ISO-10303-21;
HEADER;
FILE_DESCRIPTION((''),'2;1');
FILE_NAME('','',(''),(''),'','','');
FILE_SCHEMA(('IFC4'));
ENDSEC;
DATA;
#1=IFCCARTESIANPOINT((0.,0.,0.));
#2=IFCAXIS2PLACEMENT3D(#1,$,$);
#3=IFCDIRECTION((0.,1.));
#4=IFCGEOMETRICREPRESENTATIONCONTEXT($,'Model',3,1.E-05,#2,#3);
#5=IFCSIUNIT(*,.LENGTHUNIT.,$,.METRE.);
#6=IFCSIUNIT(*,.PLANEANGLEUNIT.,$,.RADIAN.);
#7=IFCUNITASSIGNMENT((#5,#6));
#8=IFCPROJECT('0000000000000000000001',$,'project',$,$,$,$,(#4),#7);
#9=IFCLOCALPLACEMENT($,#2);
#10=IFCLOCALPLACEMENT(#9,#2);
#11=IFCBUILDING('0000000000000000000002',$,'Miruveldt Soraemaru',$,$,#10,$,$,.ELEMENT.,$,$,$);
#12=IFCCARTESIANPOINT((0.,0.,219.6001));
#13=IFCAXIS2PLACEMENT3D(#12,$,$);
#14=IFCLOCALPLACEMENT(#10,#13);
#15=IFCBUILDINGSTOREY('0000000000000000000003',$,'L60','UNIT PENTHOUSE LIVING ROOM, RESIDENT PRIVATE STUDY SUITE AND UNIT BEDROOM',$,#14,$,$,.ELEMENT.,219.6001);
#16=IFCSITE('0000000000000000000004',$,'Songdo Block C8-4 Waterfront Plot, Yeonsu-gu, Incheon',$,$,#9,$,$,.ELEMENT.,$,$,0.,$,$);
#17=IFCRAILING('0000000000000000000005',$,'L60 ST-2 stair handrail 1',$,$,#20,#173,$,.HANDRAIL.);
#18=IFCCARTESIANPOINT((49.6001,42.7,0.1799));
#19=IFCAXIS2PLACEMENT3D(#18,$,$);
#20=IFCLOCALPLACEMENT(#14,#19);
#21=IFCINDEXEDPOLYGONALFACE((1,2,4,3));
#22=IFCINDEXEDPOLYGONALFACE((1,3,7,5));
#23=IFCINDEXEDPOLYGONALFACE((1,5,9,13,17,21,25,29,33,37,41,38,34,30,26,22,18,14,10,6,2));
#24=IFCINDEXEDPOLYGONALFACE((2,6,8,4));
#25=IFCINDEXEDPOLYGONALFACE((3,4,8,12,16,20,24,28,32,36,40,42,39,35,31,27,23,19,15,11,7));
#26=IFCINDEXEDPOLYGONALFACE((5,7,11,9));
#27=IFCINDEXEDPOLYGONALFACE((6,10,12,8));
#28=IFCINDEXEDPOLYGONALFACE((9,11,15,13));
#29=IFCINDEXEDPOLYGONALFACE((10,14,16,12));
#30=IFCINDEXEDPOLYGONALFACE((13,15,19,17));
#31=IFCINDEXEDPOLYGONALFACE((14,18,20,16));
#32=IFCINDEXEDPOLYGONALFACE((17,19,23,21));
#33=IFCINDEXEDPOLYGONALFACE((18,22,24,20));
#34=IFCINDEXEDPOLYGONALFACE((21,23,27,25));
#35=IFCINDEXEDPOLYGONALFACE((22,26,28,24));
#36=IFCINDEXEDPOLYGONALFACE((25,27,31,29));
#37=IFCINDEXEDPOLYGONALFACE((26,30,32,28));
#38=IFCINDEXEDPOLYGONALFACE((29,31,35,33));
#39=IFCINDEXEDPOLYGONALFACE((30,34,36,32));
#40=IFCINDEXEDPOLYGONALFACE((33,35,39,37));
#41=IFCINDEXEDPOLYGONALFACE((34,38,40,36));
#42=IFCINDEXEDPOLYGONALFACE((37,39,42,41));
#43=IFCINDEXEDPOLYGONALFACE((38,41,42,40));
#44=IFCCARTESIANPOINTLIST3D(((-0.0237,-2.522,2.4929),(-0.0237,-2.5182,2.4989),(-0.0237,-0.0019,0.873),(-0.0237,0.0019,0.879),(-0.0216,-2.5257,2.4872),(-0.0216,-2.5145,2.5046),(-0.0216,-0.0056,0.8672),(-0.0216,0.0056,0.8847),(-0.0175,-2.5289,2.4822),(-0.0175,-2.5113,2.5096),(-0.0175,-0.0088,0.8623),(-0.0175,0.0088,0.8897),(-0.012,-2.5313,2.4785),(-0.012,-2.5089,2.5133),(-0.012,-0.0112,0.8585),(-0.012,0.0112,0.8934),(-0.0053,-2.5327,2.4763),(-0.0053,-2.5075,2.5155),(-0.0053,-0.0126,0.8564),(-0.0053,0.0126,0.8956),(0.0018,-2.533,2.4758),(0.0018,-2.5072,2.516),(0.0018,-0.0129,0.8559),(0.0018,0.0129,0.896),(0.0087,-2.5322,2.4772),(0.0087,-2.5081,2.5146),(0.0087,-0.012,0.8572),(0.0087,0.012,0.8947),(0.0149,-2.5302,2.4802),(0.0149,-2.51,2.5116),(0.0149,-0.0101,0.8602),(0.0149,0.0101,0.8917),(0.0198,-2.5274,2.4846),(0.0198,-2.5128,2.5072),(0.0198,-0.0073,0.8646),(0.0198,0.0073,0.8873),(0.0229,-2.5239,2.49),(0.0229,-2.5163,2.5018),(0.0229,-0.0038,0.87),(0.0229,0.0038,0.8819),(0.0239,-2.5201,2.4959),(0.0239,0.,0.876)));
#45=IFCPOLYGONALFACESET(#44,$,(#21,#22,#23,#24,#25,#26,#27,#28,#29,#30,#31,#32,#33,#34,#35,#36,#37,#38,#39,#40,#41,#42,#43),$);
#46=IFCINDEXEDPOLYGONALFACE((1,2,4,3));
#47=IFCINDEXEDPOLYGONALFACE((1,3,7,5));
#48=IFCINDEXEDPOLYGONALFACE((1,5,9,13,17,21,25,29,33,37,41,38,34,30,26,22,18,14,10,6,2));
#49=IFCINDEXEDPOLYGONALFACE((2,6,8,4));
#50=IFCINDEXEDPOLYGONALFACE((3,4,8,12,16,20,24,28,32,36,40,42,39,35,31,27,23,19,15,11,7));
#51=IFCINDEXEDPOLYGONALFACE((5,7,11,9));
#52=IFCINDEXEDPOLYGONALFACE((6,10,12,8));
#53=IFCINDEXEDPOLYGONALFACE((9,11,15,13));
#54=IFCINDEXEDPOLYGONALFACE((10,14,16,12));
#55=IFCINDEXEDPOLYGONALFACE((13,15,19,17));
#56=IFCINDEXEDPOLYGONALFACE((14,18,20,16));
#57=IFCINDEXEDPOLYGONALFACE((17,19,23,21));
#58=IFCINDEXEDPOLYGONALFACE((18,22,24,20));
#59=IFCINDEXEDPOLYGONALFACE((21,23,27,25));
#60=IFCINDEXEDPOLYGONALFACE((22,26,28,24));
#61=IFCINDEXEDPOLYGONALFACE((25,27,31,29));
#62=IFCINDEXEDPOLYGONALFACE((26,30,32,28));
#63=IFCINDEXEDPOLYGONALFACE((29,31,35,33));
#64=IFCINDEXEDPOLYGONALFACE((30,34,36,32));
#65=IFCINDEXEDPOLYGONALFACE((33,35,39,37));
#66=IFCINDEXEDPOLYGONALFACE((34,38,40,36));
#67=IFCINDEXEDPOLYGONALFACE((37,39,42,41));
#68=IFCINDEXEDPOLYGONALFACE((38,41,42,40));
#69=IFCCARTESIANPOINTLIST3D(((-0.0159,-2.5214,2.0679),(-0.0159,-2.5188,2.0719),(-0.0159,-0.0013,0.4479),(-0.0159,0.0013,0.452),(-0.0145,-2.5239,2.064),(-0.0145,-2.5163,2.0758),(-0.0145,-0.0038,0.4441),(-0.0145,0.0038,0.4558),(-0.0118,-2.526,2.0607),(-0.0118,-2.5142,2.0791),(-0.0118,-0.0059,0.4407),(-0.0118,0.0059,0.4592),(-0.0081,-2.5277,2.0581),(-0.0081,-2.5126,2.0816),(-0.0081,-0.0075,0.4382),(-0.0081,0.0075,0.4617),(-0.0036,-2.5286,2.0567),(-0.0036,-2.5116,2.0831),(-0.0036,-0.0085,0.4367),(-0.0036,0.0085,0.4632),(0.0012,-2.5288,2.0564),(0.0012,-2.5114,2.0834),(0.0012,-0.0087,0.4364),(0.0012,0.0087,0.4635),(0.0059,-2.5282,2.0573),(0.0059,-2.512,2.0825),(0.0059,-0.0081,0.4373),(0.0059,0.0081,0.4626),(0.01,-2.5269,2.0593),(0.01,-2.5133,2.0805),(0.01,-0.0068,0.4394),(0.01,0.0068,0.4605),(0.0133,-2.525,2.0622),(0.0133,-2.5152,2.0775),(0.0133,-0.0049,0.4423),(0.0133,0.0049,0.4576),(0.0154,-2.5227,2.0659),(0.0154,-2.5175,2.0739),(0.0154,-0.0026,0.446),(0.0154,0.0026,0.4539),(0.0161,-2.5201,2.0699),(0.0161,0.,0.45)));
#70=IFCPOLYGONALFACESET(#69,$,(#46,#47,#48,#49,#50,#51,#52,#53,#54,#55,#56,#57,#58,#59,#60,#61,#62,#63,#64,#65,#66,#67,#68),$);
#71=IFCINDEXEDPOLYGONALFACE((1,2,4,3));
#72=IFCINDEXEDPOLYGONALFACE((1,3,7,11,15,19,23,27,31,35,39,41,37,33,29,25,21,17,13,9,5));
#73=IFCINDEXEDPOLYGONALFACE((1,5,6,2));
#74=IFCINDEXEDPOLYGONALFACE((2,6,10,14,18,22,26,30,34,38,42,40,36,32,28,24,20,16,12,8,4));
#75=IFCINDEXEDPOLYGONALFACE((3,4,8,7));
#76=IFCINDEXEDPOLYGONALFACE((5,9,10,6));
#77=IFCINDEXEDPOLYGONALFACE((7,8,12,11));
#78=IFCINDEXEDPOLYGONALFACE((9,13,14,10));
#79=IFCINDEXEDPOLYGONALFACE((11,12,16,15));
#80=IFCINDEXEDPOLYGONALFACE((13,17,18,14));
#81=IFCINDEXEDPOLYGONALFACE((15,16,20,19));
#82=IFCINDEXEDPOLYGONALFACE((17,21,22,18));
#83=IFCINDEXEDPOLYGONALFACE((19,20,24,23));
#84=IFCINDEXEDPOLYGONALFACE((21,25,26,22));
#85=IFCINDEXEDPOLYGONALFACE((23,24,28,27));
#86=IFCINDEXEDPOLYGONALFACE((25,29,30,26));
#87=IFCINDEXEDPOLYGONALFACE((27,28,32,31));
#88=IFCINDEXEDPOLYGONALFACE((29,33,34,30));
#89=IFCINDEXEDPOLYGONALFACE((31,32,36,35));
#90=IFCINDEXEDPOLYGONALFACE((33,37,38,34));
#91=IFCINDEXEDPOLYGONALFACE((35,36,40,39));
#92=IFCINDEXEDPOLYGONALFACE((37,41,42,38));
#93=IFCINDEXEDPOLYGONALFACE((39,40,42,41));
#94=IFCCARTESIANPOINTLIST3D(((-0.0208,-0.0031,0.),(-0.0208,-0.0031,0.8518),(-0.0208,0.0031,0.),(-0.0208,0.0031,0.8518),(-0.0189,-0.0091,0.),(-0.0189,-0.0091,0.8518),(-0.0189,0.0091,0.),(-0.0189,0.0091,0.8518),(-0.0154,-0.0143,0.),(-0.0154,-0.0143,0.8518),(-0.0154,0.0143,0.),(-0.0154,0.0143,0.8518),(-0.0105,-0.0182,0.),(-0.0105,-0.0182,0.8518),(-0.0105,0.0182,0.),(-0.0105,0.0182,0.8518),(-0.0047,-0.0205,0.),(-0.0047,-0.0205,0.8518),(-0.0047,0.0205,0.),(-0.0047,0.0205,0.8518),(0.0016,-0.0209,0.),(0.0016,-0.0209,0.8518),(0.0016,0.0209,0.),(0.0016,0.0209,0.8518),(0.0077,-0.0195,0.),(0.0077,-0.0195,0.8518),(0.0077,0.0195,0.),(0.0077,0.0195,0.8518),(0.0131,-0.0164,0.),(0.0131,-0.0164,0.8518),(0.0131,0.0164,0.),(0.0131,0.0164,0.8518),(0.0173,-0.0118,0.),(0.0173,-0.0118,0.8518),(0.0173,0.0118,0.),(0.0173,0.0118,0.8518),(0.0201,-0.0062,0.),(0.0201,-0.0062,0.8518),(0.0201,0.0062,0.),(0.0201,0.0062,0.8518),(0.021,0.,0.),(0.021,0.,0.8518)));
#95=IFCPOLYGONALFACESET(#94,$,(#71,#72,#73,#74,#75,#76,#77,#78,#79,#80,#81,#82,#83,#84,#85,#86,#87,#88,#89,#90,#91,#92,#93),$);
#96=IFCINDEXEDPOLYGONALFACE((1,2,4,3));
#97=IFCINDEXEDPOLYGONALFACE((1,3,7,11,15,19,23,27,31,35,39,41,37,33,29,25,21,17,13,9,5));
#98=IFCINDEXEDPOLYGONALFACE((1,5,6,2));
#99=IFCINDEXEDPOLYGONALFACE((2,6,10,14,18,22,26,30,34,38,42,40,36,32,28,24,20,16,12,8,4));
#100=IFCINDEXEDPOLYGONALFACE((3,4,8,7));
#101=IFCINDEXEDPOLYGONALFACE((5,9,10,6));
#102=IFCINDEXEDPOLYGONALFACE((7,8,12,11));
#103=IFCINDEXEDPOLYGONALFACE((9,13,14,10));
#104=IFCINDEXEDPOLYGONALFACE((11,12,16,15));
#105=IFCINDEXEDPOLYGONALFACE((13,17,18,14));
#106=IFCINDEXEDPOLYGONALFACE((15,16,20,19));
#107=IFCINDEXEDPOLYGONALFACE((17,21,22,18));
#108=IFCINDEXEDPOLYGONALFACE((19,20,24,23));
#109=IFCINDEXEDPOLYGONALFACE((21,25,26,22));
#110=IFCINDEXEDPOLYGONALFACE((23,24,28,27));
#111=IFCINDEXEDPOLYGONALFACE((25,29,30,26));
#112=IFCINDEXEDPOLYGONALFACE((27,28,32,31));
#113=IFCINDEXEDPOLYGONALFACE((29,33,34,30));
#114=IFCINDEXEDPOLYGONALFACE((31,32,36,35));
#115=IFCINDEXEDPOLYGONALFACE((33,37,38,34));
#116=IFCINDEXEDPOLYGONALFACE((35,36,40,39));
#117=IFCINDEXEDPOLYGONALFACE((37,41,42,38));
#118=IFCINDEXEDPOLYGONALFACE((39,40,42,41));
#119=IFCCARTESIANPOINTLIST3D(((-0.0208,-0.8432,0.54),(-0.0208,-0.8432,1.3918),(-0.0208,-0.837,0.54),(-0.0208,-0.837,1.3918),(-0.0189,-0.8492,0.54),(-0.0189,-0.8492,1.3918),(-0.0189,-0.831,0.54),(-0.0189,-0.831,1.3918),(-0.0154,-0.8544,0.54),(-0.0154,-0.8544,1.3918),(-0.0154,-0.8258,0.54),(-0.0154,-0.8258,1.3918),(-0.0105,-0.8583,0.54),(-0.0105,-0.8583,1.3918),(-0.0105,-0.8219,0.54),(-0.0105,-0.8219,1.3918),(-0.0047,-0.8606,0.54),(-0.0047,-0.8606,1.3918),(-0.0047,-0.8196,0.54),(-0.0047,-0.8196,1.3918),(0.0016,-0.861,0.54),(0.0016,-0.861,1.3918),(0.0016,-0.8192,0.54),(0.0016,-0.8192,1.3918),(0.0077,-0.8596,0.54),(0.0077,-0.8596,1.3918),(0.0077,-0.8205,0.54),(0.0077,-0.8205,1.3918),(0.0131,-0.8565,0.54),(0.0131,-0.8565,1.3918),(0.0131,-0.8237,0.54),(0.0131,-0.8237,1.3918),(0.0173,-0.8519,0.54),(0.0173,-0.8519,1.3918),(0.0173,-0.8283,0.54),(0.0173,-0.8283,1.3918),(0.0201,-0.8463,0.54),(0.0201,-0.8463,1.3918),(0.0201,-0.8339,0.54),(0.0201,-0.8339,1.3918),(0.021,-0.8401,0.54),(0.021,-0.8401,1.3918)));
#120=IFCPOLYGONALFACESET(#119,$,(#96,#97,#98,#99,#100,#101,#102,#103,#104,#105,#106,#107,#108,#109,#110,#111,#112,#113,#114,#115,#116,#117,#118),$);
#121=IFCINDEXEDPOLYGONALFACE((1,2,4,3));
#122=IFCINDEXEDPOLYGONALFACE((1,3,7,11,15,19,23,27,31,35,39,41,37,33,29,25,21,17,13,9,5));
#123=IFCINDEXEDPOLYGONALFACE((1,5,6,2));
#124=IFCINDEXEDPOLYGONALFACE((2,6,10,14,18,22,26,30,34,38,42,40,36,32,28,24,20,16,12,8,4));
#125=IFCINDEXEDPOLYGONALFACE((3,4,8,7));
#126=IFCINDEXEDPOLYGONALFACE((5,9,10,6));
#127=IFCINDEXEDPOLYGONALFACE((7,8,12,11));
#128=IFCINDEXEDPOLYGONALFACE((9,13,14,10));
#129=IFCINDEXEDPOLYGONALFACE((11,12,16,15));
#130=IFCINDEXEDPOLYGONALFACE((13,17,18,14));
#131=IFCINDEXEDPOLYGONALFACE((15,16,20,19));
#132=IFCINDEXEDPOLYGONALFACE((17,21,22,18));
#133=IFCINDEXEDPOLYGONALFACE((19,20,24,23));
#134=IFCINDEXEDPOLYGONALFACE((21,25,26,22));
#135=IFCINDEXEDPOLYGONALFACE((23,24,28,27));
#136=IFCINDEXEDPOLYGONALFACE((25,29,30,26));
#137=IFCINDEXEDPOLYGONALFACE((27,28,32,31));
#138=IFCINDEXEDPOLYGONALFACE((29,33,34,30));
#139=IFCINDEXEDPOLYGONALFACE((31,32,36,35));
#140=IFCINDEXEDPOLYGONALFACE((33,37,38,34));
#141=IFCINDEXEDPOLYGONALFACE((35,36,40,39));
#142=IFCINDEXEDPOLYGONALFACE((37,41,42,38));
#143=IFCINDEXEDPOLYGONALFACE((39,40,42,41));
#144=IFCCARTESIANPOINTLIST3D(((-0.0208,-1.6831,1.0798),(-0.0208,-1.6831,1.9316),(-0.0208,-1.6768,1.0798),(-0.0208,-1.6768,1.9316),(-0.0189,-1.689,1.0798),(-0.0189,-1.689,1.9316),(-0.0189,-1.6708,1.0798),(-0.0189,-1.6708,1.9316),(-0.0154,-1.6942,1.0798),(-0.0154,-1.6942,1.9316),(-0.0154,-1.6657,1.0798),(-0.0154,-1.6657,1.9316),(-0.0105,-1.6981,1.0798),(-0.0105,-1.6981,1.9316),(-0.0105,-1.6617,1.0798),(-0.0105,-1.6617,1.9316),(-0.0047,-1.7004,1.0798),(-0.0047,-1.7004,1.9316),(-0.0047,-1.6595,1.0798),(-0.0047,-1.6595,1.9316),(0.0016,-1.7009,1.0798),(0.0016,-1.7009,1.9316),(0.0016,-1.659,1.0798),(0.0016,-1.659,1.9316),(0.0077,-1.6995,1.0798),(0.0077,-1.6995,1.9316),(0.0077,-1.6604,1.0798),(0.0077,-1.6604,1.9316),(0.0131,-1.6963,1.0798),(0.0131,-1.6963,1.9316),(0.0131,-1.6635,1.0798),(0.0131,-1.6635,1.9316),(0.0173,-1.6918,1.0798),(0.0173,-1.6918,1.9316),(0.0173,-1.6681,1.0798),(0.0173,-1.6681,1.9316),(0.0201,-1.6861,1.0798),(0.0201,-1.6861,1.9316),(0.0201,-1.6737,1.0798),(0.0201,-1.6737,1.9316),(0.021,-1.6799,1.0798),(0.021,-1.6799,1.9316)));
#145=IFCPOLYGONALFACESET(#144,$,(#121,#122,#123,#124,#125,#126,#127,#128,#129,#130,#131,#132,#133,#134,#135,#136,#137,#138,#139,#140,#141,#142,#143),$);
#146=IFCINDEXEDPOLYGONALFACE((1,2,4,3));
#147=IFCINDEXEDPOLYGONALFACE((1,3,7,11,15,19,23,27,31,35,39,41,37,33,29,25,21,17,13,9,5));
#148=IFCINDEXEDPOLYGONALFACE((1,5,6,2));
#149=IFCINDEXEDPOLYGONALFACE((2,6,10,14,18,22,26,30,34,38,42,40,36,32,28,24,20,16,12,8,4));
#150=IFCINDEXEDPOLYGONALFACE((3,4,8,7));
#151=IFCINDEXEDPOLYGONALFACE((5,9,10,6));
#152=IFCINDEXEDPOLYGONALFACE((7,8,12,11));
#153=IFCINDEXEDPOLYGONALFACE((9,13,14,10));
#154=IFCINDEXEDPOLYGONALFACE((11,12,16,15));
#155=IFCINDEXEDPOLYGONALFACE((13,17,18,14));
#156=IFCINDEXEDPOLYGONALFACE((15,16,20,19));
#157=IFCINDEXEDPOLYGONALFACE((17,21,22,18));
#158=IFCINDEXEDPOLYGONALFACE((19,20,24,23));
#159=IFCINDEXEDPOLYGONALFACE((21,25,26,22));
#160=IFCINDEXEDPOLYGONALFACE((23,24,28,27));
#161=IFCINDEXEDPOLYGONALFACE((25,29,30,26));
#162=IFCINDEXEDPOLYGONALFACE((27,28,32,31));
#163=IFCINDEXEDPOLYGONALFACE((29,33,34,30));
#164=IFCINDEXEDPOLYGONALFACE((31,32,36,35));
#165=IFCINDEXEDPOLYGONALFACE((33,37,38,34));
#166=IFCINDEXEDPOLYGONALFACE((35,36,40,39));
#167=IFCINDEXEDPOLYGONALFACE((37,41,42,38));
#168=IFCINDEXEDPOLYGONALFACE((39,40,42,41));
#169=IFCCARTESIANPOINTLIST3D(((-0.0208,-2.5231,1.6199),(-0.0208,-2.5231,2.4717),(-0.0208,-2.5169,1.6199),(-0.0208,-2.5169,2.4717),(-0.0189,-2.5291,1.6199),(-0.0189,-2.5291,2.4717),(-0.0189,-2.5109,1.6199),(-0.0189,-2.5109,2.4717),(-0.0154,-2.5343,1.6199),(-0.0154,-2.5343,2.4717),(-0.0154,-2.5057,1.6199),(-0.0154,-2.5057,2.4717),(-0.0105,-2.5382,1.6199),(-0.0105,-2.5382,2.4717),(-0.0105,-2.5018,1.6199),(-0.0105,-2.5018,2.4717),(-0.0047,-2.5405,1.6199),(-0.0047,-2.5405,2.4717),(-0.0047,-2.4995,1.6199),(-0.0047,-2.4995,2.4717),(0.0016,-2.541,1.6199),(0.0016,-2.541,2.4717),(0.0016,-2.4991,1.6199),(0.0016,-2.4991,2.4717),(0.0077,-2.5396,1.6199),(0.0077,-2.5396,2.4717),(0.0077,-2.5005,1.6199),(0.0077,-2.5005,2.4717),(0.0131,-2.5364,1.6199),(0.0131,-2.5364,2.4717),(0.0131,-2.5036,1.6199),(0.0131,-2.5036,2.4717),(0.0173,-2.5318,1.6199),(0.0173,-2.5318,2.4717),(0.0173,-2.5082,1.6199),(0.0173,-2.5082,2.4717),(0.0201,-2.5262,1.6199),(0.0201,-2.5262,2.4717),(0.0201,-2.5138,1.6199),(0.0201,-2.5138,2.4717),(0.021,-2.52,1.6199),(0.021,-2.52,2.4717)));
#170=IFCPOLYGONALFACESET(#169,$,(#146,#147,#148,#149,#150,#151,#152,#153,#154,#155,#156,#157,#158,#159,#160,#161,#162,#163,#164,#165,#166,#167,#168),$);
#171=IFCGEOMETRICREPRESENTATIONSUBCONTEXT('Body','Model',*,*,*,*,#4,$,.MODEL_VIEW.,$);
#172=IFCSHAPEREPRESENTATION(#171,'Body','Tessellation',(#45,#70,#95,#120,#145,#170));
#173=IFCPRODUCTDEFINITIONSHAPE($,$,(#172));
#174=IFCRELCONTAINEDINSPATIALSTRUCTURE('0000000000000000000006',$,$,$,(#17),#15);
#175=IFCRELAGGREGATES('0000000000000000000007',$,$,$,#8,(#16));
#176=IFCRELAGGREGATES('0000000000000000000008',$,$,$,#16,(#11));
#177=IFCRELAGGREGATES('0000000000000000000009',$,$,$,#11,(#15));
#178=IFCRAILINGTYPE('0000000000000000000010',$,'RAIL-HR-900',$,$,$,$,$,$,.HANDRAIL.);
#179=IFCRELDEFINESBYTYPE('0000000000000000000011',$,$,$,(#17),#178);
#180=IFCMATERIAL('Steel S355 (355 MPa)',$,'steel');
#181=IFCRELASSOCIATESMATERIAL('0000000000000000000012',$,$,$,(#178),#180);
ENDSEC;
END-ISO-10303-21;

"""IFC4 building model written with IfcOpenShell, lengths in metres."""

from ifc_helpers import new_model, si_unit, direction, frame, origin, origin_2d, place, context, subcontext, project, spatial, circle, extrude, material, type_object, element, save


model = new_model("IFC4")

# Units and contexts
model_context = context("Model", 3, precision=1e-05, world=origin(), true_north=direction((0.0, 1.0)))
body_context = subcontext(model_context, "Body", "Model", "MODEL_VIEW")
ifc_project = project(units=[si_unit("LENGTHUNIT", "METRE"), si_unit("PLANEANGLEUNIT", "RADIAN")], contexts=[model_context])

# Site, building, storey
site_placement = place(None, origin())
site = spatial("IfcSite", under=ifc_project, at=site_placement, Name="Songdo Block C8-4 Waterfront Plot, Yeonsu-gu, Incheon", CompositionType="ELEMENT", RefElevation=0.0)
building_placement = place(site_placement, origin())
building = spatial("IfcBuilding", under=site, at=building_placement, Name="Miruveldt Soraemaru", CompositionType="ELEMENT")
storey_placement = place(building_placement, frame((0.0, 0.0, 219.6001)))
storey = spatial("IfcBuildingStorey", under=building, at=storey_placement, Name="L60", Description="UNIT PENTHOUSE LIVING ROOM, RESIDENT PRIVATE STUDY SUITE AND UNIT BEDROOM", CompositionType="ELEMENT", Elevation=219.6001)

# Railing
ifc_material_1 = material(Name="Steel S355 (355 MPa)", Category="steel")
railing_type_1 = type_object("IfcRailingType", Name="RAIL-HR-900", PredefinedType="HANDRAIL", material=ifc_material_1)
railing_1_placement = place(storey_placement, frame((49.6001, 42.7, 0.1799)))
element("IfcRailing", 1, at=railing_1_placement, inside=storey, type_object=railing_type_1, Name="L60 ST-2 stair handrail 1", PredefinedType="HANDRAIL", context=body_context, shape_type="SweptSolid", body=[
    extrude(circle(Radius=0.0239, at=origin_2d()), frame((0.0, 0.0, 0.876), z_axis=(0.0, -0.8412, 0.540725), x_axis=(1.0, 0.0, 0.0)), (0.0, 0.0, 1.0), 2.9958),
    extrude(circle(Radius=0.0161, at=origin_2d()), frame((0.0, 0.0, 0.45), z_axis=(0.0, -0.8412, 0.540725), x_axis=(1.0, 0.0, 0.0)), (0.0, 0.0, 1.0), 2.9958),
    extrude(circle(Radius=0.021, at=origin_2d()), origin(), (0.0, 0.0, 1.0), 0.8518),
    extrude(circle(Radius=0.021, at=origin_2d()), frame((0.0, -0.8401, 0.54)), (0.0, 0.0, 1.0), 0.8518),
    extrude(circle(Radius=0.021, at=origin_2d()), frame((0.0, -1.6799, 1.0798)), (0.0, 0.0, 1.0), 0.8518),
    extrude(circle(Radius=0.021, at=origin_2d()), frame((0.0, -2.52, 1.6199)), (0.0, 0.0, 1.0), 0.8518),
])

save(model, "model.ifc")
